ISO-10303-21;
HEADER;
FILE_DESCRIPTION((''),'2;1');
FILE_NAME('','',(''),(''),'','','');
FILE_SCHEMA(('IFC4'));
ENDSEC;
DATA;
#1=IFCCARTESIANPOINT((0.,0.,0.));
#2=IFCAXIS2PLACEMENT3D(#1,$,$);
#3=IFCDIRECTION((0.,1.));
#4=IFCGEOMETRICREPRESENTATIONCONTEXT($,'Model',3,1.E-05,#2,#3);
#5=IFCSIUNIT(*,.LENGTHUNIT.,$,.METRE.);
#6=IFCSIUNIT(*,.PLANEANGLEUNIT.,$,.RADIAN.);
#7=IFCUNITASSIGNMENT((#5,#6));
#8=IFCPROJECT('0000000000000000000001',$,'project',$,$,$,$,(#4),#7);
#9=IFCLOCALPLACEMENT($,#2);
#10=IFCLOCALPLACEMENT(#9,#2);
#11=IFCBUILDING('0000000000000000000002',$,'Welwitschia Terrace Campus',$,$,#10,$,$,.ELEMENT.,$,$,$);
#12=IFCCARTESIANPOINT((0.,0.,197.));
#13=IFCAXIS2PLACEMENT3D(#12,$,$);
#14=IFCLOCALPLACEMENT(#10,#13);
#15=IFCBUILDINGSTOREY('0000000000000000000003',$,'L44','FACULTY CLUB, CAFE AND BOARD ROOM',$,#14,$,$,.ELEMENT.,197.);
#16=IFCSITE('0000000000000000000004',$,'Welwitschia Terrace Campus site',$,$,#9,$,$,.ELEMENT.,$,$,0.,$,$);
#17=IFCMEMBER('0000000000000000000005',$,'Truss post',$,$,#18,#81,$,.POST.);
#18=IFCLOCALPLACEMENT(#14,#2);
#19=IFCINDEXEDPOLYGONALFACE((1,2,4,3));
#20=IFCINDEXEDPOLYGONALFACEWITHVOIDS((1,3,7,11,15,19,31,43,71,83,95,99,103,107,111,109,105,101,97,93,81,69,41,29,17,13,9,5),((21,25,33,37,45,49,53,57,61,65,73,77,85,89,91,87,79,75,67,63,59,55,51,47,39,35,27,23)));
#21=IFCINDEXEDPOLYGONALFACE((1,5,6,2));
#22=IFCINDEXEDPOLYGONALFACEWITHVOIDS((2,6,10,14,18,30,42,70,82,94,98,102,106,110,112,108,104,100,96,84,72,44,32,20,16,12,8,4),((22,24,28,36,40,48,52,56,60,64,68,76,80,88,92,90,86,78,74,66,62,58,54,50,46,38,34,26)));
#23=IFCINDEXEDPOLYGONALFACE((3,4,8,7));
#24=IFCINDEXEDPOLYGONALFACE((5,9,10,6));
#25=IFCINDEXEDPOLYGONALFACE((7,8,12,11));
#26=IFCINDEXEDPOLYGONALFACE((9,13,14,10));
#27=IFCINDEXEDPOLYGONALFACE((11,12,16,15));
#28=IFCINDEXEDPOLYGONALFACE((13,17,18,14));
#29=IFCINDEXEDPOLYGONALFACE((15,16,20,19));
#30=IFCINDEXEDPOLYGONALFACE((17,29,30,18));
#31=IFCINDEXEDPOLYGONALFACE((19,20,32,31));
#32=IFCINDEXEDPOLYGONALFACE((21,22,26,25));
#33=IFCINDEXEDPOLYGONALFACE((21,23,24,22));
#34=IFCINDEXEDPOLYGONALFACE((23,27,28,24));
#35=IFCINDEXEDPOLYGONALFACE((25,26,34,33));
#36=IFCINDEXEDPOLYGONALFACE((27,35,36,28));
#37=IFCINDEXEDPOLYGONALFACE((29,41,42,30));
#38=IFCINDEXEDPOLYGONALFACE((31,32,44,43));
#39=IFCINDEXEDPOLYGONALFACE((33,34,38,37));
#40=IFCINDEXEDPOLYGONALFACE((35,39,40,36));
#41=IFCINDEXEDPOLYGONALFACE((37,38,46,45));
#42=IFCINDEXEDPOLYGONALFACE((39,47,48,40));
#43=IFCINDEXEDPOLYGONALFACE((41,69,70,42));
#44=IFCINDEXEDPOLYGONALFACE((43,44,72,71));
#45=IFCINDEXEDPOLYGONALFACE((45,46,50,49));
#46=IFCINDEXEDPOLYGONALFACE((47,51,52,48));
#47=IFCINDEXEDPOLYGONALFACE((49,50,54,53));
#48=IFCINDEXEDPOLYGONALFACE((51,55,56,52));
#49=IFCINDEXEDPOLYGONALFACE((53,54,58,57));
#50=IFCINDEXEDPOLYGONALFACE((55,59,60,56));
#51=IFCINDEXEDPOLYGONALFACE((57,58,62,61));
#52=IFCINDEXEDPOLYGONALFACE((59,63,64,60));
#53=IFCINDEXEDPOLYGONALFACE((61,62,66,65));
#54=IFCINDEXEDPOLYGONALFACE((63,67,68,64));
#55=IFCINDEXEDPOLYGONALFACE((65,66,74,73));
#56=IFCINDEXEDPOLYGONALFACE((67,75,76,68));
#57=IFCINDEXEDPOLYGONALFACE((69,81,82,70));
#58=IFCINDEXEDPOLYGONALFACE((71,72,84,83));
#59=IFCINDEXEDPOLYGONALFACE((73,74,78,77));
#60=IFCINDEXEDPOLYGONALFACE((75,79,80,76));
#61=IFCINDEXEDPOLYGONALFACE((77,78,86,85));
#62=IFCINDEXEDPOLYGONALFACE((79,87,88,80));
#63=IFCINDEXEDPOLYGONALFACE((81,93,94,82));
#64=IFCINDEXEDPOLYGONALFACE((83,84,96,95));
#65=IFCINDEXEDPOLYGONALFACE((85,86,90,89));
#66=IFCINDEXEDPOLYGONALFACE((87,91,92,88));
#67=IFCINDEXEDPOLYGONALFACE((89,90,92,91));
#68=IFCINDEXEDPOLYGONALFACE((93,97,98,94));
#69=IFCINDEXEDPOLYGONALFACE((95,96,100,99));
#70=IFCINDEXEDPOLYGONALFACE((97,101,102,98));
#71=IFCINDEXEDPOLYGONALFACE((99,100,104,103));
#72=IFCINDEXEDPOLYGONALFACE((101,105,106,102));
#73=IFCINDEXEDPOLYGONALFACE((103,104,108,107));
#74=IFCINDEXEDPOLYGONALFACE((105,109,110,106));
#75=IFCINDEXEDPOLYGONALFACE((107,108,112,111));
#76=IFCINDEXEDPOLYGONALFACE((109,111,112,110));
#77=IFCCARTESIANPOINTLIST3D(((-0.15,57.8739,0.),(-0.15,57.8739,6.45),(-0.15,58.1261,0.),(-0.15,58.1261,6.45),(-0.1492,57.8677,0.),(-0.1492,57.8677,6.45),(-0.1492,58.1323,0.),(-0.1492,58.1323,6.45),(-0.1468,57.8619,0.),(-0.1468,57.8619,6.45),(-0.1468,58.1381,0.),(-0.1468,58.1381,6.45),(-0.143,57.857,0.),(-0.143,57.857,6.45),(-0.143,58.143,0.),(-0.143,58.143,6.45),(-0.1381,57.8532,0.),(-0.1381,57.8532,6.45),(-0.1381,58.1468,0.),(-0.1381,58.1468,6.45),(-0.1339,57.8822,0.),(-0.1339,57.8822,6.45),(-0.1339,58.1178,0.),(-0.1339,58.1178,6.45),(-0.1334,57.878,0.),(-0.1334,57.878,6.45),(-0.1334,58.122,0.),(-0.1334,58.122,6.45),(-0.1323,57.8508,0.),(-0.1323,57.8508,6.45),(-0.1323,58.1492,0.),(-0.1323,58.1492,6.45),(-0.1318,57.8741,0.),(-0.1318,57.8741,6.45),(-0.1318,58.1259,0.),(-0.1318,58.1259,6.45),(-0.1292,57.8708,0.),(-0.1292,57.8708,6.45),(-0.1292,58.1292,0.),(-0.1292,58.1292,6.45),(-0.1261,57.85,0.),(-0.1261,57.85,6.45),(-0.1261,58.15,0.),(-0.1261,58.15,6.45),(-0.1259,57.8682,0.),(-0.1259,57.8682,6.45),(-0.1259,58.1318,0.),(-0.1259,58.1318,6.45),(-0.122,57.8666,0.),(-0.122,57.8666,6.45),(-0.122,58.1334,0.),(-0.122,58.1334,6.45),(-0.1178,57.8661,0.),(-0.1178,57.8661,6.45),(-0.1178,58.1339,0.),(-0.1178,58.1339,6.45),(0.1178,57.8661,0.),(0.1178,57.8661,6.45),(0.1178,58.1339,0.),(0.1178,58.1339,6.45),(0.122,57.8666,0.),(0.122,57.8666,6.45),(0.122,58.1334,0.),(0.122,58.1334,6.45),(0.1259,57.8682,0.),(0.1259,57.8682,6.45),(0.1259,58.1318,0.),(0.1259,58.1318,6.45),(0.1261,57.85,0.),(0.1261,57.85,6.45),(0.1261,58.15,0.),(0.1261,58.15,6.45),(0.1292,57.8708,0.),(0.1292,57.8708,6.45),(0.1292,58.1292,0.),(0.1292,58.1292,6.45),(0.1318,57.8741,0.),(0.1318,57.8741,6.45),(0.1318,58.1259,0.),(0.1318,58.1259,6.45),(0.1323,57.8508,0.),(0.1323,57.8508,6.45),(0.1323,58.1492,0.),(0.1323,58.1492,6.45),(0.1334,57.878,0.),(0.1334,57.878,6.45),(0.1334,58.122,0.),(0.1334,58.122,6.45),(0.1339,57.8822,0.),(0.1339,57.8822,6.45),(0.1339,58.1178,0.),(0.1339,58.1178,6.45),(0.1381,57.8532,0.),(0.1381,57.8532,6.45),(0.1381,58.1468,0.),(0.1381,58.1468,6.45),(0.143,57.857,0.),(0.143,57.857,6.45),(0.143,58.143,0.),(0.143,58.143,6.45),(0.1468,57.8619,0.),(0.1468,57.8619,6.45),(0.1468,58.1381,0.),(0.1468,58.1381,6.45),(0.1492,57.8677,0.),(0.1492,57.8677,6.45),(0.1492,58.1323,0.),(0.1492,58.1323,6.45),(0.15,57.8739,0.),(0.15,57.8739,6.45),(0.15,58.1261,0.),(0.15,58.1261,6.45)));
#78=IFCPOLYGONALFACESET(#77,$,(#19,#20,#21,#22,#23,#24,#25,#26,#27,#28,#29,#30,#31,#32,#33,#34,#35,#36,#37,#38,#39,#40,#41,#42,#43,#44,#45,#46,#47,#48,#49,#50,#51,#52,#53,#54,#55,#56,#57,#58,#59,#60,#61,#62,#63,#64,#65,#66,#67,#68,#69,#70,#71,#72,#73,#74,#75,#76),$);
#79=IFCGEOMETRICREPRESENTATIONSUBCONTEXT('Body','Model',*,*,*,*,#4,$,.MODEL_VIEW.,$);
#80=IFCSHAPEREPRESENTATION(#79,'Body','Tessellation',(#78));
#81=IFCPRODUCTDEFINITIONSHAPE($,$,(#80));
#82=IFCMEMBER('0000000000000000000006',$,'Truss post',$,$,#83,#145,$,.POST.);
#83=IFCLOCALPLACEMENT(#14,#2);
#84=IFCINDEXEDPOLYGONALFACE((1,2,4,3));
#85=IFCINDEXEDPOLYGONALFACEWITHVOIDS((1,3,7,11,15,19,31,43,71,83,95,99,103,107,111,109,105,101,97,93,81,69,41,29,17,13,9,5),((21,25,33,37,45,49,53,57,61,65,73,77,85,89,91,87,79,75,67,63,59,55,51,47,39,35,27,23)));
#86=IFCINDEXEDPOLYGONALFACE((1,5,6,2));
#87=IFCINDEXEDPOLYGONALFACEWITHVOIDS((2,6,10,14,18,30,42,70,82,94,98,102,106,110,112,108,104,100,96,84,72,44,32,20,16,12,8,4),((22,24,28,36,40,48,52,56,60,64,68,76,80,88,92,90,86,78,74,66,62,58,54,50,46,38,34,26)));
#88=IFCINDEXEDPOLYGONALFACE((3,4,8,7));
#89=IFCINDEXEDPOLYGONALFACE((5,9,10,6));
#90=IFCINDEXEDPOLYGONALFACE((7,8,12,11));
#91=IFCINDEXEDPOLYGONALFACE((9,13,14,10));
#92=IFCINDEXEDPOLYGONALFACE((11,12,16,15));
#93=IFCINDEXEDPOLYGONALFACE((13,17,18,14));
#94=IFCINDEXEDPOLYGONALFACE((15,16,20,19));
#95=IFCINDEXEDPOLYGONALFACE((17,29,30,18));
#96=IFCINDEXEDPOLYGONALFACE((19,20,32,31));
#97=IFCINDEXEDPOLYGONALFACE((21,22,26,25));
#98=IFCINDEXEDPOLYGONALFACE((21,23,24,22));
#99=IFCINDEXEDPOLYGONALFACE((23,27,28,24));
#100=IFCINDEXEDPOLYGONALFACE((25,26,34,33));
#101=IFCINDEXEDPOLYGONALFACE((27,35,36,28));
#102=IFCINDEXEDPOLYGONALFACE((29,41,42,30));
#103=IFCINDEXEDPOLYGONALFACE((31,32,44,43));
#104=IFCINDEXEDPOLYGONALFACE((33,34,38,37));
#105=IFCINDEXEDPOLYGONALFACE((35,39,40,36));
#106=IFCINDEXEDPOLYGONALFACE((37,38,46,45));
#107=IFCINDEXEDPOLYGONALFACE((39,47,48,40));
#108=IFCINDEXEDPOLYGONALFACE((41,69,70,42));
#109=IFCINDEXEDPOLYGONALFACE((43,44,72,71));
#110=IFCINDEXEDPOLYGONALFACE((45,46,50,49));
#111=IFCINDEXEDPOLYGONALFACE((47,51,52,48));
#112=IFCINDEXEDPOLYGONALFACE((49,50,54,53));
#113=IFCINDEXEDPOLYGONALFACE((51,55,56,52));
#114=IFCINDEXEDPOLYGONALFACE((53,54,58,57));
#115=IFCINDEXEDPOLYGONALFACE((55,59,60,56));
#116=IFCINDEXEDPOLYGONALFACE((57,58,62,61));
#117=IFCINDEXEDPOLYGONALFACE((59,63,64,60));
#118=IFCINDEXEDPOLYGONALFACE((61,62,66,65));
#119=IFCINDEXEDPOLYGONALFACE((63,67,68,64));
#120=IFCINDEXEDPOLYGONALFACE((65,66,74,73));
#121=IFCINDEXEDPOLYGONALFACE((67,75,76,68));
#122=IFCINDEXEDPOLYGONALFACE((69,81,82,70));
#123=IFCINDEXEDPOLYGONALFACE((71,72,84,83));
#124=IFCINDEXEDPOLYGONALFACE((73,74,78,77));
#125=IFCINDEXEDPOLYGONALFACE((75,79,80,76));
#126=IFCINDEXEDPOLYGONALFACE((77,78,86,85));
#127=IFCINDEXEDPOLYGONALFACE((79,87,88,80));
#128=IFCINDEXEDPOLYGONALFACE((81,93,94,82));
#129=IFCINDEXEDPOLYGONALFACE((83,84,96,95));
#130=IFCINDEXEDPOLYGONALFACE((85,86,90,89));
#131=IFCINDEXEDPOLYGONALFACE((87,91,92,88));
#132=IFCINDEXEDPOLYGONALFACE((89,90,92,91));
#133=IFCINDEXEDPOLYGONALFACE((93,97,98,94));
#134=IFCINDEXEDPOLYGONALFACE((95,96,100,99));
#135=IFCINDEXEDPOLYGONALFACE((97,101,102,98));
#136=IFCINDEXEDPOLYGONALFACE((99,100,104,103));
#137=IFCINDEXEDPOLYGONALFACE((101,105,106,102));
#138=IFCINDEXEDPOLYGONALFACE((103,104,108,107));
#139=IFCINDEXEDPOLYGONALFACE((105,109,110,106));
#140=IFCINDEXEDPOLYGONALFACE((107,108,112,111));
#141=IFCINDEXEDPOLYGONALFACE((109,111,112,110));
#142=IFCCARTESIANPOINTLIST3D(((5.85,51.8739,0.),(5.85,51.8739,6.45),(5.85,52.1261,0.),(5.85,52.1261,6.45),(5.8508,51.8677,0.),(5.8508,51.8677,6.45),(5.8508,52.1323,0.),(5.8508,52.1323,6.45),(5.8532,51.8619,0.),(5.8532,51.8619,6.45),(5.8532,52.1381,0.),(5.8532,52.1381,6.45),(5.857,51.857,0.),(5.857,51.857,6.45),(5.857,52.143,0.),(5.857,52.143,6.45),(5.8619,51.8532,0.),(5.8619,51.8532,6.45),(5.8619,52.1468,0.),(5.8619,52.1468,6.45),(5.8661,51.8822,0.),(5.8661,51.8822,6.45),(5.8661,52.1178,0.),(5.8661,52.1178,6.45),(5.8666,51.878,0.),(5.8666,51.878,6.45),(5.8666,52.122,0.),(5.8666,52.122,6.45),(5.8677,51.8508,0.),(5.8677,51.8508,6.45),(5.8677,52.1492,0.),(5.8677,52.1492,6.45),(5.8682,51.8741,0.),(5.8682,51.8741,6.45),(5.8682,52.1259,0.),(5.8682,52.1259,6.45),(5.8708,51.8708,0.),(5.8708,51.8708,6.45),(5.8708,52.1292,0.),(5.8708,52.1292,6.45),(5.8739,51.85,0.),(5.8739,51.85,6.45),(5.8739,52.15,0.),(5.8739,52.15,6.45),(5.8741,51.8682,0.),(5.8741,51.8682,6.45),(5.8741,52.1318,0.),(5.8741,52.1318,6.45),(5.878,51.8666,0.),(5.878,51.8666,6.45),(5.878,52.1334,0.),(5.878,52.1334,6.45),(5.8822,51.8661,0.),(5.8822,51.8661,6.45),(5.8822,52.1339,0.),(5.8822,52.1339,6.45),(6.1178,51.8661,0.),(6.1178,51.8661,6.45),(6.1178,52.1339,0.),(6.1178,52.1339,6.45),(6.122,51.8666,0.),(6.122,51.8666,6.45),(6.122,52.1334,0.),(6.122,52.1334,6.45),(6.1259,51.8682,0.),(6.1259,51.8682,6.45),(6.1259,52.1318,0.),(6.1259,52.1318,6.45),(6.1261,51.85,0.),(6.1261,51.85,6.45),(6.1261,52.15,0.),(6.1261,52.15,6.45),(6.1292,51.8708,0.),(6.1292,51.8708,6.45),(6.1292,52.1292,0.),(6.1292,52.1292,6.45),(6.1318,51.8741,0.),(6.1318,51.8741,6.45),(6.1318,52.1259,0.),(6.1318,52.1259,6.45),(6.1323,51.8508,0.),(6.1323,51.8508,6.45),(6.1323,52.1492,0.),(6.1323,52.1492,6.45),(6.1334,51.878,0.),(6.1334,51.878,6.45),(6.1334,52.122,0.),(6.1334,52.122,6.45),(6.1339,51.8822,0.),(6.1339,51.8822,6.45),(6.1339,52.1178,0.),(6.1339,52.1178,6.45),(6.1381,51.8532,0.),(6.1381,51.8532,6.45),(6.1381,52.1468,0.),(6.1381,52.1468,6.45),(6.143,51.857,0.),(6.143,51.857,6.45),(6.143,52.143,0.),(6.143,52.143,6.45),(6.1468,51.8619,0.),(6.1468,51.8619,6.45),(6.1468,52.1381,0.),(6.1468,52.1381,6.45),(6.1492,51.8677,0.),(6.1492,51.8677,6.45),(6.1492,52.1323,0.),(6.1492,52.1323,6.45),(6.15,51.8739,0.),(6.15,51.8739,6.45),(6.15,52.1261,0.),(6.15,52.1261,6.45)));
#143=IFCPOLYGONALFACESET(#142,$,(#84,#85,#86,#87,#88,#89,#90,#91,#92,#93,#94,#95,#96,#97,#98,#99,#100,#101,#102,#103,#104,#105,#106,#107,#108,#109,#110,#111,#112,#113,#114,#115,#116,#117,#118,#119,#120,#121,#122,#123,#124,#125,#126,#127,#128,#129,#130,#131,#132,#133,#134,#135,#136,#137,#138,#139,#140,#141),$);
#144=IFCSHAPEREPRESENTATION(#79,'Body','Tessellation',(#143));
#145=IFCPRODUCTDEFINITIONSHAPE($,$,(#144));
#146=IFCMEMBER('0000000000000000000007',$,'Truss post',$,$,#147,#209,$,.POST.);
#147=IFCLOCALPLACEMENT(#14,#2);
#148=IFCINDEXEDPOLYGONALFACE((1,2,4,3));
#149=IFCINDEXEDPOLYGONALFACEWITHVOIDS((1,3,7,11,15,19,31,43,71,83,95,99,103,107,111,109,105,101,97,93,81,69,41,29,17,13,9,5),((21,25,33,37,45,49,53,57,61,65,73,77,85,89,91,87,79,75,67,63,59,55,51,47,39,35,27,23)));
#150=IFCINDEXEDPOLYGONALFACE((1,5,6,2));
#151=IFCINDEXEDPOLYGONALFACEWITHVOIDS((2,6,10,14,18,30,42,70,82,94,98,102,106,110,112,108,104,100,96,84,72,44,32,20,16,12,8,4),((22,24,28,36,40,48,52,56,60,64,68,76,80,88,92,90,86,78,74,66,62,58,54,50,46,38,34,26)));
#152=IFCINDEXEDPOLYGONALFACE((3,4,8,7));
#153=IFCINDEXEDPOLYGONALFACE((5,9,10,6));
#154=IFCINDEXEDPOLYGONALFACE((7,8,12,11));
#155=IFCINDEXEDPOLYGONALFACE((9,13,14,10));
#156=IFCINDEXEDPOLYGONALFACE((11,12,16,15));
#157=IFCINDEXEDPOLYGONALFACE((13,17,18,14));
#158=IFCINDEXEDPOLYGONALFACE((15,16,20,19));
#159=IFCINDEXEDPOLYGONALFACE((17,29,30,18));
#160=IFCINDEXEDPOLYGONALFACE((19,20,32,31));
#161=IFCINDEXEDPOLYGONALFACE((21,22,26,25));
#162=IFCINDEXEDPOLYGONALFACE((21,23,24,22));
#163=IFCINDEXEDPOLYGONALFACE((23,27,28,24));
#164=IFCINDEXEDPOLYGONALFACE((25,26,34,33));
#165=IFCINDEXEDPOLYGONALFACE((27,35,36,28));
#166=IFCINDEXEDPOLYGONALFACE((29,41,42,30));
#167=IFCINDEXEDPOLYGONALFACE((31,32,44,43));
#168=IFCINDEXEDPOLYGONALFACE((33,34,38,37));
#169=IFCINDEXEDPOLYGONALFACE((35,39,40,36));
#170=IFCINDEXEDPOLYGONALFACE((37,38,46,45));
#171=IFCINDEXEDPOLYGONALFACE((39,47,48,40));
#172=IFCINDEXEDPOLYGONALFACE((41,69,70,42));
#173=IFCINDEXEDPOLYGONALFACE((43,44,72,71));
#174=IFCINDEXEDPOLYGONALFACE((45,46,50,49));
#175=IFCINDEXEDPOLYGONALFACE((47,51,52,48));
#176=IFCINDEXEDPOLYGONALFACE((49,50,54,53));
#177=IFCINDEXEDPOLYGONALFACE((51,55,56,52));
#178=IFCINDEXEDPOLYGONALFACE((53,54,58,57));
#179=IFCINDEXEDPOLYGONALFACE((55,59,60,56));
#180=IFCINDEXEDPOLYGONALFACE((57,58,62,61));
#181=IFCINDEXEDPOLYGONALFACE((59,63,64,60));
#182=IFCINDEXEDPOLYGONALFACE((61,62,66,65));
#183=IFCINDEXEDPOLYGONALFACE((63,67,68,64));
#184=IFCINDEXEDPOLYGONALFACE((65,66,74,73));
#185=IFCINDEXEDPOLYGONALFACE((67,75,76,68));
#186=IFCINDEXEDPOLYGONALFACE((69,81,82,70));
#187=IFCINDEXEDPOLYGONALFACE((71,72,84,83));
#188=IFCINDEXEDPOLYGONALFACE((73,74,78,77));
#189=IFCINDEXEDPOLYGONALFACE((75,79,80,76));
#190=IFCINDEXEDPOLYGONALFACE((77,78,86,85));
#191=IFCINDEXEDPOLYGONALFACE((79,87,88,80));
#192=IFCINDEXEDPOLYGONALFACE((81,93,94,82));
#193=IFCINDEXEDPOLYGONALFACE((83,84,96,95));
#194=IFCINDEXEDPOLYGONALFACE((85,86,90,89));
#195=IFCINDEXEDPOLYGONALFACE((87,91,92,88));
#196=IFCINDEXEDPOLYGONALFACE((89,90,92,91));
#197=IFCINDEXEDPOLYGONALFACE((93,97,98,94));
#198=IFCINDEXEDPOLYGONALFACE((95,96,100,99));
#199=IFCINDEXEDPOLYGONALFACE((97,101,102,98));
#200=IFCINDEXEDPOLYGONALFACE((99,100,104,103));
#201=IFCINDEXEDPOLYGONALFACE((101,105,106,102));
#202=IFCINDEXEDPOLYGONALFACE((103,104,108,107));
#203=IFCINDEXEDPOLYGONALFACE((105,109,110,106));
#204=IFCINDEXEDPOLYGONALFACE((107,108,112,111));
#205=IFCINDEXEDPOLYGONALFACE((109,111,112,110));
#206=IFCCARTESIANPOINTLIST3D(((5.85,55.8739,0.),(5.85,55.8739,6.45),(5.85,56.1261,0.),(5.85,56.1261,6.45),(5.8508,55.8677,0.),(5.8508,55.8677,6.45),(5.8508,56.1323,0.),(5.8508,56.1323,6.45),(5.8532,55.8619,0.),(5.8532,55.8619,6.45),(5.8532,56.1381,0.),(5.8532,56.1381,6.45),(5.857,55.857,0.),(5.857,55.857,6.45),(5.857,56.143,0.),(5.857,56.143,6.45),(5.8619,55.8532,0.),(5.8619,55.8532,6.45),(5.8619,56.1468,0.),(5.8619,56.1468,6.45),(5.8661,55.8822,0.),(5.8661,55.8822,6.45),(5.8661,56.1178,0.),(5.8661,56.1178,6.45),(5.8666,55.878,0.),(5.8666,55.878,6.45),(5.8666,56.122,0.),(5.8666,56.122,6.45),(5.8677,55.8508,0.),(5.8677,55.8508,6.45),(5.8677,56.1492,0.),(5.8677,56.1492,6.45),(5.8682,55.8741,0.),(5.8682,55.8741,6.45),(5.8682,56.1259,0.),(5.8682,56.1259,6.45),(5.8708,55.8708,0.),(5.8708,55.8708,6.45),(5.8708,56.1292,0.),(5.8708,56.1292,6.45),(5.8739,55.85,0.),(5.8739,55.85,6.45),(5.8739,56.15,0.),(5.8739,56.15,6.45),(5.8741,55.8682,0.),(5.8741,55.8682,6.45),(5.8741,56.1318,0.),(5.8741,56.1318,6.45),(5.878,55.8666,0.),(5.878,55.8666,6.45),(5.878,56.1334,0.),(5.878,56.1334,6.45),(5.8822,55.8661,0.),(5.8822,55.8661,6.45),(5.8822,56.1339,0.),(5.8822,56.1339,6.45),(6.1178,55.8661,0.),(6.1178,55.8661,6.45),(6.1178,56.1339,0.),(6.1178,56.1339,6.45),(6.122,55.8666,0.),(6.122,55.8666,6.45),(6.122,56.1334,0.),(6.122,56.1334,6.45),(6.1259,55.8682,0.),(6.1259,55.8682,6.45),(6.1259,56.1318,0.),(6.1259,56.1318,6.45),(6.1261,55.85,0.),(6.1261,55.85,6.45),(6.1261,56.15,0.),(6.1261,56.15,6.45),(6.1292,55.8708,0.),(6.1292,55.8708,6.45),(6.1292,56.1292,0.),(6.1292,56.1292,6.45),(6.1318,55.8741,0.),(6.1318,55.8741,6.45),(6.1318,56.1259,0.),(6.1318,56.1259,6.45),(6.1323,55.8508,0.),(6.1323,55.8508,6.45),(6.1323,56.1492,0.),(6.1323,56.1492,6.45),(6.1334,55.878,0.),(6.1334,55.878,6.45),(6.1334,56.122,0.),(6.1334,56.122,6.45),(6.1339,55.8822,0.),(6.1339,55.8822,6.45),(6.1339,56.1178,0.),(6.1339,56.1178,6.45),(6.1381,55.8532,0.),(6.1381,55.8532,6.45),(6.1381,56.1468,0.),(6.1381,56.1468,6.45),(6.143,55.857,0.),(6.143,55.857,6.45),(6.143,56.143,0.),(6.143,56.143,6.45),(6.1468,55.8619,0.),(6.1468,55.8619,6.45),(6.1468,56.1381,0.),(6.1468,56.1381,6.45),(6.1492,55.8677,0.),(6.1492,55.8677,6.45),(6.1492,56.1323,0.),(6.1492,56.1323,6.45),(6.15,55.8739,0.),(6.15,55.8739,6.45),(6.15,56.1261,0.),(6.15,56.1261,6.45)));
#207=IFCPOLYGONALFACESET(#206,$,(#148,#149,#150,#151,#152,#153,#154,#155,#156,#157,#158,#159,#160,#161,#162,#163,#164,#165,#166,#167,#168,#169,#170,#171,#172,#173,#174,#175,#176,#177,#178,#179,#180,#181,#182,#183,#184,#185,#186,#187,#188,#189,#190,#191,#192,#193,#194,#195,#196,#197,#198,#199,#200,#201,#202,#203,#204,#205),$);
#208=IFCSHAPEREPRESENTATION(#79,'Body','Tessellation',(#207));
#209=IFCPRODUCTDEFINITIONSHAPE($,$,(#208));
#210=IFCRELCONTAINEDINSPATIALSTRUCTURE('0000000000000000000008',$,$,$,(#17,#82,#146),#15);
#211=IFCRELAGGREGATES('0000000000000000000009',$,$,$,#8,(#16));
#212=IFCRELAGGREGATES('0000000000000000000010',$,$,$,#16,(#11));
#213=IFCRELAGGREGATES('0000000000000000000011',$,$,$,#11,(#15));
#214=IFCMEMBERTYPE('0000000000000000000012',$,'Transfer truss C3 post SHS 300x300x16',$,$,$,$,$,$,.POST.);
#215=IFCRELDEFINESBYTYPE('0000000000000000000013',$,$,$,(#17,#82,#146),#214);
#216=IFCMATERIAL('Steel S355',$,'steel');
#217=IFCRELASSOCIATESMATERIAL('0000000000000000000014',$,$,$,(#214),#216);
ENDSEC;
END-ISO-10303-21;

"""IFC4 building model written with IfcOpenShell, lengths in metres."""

from ifc_helpers import new_model, si_unit, direction, frame, origin, origin_2d, place, context, subcontext, project, spatial, hollow_rectangle, extrude, material, material_profile, profile_set, type_object, element, save


model = new_model("IFC4")

# Units and contexts
model_context = context("Model", 3, precision=1e-05, world=origin(), true_north=direction((0.0, 1.0)))
body_context = subcontext(model_context, "Body", "Model", "MODEL_VIEW")
ifc_project = project(units=[si_unit("LENGTHUNIT", "METRE"), si_unit("PLANEANGLEUNIT", "RADIAN")], contexts=[model_context])

# Site, building, storey
site_placement = place(None, origin())
site = spatial("IfcSite", under=ifc_project, at=site_placement, Name="Welwitschia Terrace Campus site", CompositionType="ELEMENT", RefElevation=0.0)
building_placement = place(site_placement, origin())
building = spatial("IfcBuilding", under=site, at=building_placement, Name="Welwitschia Terrace Campus", CompositionType="ELEMENT")
storey_placement = place(building_placement, frame((0.0, 0.0, 197.0)))
storey = spatial("IfcBuildingStorey", under=building, at=storey_placement, Name="L44", Description="FACULTY CLUB, CAFE AND BOARD ROOM", CompositionType="ELEMENT", Elevation=197.0)

# Members
ifc_material_1 = material(Name="Steel S355", Category="steel")
ifc_material_profile_1 = material_profile(ifc_material_1, hollow_rectangle(XDim=0.3, YDim=0.3, WallThickness=0.0161, InnerFilletRadius=0.0161, OuterFilletRadius=0.0239, at=origin_2d()))
ifc_profile_set_1 = profile_set([ifc_material_profile_1], Name="Steel S355")
member_type_1 = type_object("IfcMemberType", Name="Transfer truss C3 post SHS 300x300x16", PredefinedType="POST", material=ifc_profile_set_1)
for number, where, z_axis, x_axis, name in (
    (1, (0.0, 58.0, 0.0), (0.0, 0.0, 1.0), (1.0, 0.0, 0.0), "Truss post"),
    (2, (6.0, 52.0, 0.0), (0.0, 0.0, 1.0), (1.0, 0.0, 0.0), "Truss post"),
    (3, (6.0, 56.0, 0.0), (0.0, 0.0, 1.0), (1.0, 0.0, 0.0), "Truss post"),
):
    element("IfcMember", number, at=place(storey_placement, frame(where, z_axis=z_axis, x_axis=x_axis)), inside=storey, type_object=member_type_1, Name=name, PredefinedType="POST", context=body_context, shape_type="SweptSolid", body=[
        extrude(hollow_rectangle(XDim=0.3, YDim=0.3, WallThickness=0.0161, InnerFilletRadius=0.0161, OuterFilletRadius=0.0239, at=origin_2d()), origin(), (0.0, 0.0, 1.0), 6.45),
    ])

save(model, "model.ifc")
